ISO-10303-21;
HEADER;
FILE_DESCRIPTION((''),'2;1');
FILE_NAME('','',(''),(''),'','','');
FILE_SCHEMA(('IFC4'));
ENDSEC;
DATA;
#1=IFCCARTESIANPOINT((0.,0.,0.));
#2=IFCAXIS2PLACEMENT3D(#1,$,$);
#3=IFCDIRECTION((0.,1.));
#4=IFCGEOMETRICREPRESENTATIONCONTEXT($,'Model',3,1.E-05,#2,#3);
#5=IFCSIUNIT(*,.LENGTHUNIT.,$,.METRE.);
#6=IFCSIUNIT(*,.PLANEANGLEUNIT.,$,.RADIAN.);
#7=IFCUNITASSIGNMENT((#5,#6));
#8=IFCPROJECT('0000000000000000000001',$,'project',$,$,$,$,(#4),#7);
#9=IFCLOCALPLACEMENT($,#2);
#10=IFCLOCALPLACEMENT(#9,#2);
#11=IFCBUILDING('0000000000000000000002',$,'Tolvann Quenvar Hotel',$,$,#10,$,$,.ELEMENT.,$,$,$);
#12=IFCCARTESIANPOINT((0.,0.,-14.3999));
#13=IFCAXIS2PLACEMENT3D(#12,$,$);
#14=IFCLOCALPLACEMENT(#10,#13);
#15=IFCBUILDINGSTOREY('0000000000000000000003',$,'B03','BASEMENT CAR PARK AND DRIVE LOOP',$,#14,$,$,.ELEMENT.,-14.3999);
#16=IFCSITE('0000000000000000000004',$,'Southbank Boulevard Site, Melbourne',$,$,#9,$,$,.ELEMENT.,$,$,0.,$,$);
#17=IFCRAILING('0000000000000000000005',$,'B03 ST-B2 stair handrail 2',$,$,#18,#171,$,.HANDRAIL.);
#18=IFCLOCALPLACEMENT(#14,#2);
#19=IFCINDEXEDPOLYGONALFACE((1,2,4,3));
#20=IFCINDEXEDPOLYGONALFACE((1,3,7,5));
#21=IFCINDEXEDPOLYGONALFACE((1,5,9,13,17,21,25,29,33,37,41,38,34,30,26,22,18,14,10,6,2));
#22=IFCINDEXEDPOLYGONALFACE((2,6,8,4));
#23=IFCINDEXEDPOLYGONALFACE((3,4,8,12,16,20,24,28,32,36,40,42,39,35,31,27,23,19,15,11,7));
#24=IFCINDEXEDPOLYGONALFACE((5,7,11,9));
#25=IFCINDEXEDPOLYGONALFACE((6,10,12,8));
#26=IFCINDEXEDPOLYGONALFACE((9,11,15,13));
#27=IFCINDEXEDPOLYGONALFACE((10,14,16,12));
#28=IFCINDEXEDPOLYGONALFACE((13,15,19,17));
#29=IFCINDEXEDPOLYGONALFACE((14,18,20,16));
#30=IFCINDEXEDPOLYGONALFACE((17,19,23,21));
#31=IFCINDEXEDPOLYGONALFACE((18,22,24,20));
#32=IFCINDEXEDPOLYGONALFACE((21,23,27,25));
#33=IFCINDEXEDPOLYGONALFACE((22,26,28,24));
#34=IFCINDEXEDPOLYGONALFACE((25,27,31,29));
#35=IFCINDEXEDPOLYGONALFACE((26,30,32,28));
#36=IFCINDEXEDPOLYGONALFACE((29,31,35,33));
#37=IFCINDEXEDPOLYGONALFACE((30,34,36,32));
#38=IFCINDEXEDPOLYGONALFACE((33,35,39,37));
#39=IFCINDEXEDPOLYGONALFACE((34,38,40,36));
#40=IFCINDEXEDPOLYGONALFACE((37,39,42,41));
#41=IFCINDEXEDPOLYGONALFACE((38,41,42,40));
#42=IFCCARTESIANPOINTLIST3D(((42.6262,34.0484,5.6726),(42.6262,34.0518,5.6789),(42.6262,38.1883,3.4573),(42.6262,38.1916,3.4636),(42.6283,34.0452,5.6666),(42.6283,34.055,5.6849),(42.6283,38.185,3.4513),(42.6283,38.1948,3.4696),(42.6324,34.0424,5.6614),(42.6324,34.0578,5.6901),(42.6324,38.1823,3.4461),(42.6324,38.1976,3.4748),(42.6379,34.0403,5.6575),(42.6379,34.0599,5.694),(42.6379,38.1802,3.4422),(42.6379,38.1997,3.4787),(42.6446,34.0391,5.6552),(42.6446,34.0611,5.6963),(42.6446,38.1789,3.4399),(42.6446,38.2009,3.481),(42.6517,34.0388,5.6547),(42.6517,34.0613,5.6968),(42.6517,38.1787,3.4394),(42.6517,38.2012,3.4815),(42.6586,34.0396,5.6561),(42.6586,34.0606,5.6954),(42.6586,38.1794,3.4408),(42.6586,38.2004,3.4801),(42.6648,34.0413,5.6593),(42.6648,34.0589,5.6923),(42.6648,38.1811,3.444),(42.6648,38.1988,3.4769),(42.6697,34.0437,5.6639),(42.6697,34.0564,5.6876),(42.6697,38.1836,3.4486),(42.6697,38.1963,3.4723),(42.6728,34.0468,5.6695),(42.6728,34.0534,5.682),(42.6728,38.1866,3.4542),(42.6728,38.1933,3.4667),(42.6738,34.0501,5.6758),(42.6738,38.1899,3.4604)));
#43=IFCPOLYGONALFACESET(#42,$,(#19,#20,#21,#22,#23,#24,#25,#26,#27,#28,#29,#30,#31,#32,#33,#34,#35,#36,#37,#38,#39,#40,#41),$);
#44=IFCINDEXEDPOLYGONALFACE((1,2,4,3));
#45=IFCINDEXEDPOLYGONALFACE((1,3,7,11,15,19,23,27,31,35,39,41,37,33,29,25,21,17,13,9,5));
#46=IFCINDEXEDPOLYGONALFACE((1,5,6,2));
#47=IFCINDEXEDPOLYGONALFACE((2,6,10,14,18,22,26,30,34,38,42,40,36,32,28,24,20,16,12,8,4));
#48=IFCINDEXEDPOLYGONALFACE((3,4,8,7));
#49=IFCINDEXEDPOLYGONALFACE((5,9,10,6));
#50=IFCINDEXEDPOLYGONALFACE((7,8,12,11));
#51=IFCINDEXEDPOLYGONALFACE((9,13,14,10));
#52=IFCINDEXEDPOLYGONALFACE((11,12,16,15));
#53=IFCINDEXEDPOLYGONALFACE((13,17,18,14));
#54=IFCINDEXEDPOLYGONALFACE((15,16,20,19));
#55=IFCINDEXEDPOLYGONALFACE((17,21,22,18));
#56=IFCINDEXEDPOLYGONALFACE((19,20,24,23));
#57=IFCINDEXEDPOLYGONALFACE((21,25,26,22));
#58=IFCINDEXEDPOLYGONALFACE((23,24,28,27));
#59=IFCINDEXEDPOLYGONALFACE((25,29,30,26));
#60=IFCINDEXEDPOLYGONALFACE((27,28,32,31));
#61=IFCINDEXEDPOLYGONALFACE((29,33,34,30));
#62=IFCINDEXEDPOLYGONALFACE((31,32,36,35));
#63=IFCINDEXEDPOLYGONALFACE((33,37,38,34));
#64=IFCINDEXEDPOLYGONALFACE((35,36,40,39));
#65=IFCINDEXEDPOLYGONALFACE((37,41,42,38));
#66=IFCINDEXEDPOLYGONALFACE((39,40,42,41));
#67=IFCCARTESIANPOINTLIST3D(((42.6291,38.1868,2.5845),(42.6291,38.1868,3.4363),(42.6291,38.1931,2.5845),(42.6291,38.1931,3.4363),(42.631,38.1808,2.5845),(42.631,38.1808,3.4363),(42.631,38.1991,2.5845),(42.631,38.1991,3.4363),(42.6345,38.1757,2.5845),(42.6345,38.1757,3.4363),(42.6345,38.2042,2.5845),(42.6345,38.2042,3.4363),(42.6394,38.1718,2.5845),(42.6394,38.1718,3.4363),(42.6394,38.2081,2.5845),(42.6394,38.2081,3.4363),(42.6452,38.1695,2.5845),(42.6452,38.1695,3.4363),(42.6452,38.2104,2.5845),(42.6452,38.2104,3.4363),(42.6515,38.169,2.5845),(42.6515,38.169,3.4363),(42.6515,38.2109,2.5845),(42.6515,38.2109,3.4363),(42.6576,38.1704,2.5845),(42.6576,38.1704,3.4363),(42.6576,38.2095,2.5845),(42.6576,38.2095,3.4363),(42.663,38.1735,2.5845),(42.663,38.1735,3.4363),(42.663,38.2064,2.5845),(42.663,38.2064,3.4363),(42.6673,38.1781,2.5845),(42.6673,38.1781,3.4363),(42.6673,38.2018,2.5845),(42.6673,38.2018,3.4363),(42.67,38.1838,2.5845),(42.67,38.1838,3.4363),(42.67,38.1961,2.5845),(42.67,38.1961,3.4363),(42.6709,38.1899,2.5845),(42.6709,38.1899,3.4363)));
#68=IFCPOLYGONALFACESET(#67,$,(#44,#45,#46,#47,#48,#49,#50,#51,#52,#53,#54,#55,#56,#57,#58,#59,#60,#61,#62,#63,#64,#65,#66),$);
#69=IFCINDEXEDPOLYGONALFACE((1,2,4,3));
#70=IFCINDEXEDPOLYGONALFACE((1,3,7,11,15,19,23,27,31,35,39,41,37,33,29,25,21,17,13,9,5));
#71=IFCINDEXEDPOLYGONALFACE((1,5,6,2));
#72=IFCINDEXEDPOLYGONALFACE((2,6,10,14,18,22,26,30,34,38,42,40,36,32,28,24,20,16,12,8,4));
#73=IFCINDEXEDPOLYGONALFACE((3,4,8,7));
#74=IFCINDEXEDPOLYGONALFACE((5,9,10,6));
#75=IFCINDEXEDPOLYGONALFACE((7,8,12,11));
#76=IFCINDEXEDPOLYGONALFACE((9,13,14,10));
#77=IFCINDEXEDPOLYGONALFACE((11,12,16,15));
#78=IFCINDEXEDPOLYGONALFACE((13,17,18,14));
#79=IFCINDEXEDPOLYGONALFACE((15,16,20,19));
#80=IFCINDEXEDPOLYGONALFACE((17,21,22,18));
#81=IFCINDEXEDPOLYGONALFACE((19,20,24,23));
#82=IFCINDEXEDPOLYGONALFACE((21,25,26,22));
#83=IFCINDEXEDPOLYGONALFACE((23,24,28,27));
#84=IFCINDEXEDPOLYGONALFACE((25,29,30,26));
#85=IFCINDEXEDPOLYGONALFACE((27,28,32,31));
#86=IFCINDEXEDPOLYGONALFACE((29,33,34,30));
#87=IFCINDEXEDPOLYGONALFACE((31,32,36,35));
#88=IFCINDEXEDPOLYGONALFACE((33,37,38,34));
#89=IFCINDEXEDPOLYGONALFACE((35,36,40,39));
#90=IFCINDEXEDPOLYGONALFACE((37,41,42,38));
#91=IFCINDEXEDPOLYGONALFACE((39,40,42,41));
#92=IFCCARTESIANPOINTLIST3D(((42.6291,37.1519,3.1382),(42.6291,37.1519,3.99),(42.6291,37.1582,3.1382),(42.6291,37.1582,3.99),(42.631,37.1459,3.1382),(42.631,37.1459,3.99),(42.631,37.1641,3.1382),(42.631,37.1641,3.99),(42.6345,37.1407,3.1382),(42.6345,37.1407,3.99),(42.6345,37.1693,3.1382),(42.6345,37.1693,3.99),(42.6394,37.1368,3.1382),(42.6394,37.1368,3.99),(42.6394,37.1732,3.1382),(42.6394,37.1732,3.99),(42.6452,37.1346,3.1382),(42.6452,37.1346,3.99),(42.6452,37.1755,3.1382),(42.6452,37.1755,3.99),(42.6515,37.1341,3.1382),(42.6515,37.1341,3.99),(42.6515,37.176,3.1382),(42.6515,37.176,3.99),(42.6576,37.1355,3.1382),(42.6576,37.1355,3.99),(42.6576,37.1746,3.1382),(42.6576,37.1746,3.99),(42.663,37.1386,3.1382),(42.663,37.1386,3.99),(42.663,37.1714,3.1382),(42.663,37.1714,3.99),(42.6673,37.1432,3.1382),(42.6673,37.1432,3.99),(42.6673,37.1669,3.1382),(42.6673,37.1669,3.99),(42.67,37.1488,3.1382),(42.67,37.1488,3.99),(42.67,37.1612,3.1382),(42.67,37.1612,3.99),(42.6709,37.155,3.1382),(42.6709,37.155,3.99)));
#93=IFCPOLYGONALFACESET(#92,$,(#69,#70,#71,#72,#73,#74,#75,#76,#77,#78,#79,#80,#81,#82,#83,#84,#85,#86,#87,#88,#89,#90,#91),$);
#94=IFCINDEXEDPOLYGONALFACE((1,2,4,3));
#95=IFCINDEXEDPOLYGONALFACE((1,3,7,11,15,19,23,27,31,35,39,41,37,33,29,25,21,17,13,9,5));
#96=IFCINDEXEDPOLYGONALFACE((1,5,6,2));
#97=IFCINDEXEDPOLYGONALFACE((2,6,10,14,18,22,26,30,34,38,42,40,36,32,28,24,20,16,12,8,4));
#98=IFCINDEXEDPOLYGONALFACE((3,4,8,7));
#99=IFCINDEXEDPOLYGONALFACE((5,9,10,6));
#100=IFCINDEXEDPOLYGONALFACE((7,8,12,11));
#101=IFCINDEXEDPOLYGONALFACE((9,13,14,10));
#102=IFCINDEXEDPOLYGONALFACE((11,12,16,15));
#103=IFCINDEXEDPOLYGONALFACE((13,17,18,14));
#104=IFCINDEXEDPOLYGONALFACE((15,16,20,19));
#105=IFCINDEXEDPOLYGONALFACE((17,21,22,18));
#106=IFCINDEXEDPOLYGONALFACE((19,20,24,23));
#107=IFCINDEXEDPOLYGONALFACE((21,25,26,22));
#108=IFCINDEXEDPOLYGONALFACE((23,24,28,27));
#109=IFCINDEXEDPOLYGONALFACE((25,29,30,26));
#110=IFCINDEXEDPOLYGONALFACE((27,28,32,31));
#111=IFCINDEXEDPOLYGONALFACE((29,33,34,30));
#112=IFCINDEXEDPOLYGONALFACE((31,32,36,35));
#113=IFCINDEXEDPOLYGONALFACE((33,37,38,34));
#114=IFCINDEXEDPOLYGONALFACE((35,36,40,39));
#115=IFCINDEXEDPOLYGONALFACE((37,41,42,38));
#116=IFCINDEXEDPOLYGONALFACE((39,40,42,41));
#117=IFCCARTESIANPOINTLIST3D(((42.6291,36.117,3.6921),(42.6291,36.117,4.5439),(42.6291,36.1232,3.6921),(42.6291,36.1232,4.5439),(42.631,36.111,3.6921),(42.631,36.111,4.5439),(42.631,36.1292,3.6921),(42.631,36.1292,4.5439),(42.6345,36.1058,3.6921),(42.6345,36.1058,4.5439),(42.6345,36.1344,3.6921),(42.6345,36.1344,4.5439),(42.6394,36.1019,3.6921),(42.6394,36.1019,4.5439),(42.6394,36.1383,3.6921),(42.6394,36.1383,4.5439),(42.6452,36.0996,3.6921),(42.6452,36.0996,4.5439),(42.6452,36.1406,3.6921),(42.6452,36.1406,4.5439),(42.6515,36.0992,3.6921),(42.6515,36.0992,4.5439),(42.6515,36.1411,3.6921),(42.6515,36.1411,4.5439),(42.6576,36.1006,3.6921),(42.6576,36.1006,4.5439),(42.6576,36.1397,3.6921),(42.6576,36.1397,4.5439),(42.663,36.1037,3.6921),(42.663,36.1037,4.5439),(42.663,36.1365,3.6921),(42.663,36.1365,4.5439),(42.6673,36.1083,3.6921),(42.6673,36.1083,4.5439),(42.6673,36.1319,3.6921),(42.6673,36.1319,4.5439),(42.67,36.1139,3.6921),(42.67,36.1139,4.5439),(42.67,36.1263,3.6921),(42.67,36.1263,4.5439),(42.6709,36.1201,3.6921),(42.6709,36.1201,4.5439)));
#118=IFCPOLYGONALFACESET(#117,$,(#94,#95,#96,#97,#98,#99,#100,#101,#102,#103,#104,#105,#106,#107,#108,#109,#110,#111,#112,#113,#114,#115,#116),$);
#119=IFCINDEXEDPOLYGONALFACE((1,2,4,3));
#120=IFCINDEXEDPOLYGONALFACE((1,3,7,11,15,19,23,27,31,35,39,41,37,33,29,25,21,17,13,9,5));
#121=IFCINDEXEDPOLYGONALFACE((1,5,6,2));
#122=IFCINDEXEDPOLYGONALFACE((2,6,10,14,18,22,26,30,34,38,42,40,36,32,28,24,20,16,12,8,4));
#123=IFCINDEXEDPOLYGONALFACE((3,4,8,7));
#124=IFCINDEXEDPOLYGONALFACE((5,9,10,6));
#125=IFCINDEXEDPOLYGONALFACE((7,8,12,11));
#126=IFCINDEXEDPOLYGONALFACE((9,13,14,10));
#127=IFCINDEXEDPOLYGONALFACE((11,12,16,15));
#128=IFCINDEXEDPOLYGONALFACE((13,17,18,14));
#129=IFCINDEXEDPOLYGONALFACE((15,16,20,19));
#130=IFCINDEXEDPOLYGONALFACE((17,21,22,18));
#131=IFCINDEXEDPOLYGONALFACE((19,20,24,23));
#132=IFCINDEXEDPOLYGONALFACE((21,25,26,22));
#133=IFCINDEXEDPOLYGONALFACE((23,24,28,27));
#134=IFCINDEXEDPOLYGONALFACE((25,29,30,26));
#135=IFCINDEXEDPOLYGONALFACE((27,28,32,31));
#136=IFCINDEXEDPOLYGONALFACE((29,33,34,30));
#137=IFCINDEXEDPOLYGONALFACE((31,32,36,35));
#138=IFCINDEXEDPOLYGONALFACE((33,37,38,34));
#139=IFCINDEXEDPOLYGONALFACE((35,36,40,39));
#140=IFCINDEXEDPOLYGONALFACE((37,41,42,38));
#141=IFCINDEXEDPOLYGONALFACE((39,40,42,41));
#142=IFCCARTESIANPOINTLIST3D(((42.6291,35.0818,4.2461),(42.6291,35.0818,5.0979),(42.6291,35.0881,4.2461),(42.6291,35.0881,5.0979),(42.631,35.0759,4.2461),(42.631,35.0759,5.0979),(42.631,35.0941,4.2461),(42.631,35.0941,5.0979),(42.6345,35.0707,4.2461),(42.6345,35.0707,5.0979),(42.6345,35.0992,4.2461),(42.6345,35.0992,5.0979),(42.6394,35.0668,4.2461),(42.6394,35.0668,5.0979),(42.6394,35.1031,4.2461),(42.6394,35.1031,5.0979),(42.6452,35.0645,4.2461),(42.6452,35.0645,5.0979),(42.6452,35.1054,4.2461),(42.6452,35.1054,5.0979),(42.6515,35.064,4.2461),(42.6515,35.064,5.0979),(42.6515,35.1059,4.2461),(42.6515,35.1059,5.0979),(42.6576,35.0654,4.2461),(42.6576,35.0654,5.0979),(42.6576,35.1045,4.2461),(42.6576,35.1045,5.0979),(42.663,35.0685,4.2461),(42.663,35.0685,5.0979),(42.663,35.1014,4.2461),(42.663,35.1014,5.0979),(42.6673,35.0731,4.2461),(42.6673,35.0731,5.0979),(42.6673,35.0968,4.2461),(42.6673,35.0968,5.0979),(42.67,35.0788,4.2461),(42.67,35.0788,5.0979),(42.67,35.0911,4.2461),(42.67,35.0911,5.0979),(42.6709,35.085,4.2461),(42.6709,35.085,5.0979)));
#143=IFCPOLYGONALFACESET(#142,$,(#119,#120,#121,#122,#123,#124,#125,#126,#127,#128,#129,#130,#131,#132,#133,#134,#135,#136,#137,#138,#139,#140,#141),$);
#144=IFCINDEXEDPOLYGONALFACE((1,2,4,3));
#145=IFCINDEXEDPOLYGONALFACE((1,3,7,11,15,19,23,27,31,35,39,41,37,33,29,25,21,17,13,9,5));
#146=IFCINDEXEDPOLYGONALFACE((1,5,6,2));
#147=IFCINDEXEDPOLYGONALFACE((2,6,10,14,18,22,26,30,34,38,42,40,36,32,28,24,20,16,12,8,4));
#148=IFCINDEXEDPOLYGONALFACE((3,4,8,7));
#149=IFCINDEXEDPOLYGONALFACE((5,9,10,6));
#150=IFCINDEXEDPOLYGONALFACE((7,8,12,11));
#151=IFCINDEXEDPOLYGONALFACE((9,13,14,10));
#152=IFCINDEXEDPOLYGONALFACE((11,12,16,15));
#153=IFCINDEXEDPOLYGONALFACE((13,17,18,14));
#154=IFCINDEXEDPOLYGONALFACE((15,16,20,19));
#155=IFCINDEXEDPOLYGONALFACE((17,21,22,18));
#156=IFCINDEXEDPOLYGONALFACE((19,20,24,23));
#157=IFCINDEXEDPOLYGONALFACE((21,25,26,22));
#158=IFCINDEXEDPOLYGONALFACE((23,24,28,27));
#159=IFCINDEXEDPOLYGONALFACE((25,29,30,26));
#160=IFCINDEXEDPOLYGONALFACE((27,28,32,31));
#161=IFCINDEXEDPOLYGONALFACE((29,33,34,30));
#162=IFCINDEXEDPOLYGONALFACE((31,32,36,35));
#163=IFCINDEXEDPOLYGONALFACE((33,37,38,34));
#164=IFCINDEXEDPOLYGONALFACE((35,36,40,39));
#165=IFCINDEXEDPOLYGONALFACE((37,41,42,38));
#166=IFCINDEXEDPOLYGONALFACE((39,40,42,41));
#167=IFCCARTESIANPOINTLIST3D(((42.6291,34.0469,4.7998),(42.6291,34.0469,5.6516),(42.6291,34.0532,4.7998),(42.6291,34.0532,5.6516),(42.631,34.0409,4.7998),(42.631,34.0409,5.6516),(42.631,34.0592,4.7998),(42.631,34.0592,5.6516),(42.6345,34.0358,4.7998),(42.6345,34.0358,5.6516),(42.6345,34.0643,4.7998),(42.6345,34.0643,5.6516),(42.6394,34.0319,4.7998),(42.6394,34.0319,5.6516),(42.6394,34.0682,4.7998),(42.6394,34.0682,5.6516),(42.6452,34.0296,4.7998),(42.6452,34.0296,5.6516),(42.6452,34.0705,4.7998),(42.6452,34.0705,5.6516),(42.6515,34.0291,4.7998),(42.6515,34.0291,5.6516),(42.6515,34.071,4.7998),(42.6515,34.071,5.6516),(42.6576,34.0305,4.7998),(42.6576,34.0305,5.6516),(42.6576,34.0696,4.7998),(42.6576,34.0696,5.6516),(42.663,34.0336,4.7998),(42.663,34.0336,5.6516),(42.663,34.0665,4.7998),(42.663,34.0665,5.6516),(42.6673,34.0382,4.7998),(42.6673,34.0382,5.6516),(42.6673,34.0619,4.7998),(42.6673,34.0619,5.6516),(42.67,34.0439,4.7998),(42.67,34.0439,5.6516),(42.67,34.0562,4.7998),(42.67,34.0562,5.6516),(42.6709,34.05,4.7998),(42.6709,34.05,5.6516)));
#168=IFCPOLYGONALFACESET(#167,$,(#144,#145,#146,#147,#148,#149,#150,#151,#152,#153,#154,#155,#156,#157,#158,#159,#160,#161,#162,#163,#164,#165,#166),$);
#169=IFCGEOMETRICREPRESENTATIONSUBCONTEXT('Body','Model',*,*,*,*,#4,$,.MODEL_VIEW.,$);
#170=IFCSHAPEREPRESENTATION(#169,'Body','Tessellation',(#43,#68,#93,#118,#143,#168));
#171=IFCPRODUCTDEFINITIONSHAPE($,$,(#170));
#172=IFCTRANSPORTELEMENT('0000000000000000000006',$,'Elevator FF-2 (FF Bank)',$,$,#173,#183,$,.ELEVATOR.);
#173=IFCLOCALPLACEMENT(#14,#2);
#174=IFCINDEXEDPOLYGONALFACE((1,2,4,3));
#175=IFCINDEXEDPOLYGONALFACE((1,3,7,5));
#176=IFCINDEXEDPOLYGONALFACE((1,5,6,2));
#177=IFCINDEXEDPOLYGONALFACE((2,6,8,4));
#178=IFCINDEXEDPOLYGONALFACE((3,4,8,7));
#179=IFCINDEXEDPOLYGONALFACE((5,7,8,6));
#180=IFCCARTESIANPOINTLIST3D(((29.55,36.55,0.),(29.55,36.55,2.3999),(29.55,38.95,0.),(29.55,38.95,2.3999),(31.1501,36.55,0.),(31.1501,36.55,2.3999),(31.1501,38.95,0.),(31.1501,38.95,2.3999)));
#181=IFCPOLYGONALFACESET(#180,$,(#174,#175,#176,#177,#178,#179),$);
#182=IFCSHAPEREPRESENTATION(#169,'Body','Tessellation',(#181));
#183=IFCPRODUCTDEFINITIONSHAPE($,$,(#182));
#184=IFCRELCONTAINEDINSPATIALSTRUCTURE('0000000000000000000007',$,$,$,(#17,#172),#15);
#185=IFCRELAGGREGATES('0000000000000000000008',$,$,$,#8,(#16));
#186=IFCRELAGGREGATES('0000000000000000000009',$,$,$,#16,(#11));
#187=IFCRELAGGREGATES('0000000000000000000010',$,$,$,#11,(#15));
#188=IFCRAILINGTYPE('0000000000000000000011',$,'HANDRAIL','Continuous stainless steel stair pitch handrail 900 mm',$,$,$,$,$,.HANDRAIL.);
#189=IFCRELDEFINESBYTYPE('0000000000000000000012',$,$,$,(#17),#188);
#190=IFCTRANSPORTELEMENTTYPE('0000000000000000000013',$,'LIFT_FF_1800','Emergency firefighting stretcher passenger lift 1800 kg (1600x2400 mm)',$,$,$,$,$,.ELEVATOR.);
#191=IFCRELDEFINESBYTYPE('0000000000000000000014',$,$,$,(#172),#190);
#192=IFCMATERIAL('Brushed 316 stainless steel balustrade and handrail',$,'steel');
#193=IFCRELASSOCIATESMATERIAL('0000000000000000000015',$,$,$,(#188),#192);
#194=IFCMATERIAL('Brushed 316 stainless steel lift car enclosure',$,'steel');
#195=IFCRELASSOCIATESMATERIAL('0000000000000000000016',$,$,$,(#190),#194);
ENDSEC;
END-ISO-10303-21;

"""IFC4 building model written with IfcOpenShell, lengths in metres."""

from ifc_helpers import new_model, si_unit, direction, frame, origin, origin_2d, place, context, subcontext, project, spatial, rectangle, circle, extrude, source, transform, mapped, material, type_object, type_shapes, element, save


model = new_model("IFC4")

# Units and contexts
model_context = context("Model", 3, precision=1e-05, world=origin(), true_north=direction((0.0, 1.0)))
body_context = subcontext(model_context, "Body", "Model", "MODEL_VIEW")
ifc_project = project(units=[si_unit("LENGTHUNIT", "METRE"), si_unit("PLANEANGLEUNIT", "RADIAN")], contexts=[model_context])

# Site, building, storey
site_placement = place(None, origin())
site = spatial("IfcSite", under=ifc_project, at=site_placement, Name="Southbank Boulevard Site, Melbourne", CompositionType="ELEMENT", RefElevation=0.0)
building_placement = place(site_placement, origin())
building = spatial("IfcBuilding", under=site, at=building_placement, Name="Tolvann Quenvar Hotel", CompositionType="ELEMENT")
storey_placement = place(building_placement, frame((0.0, 0.0, -14.3999)))
storey = spatial("IfcBuildingStorey", under=building, at=storey_placement, Name="B03", Description="BASEMENT CAR PARK AND DRIVE LOOP", CompositionType="ELEMENT", Elevation=-14.3999)

# Railing
ifc_material_1 = material(Name="Brushed 316 stainless steel balustrade and handrail", Category="steel")
railing_type_1 = type_object("IfcRailingType", Name="HANDRAIL", Description="Continuous stainless steel stair pitch handrail 900 mm", PredefinedType="HANDRAIL", material=ifc_material_1)
railing_1_placement = place(storey_placement, frame((42.6499, 38.1899, 2.5845)))
element("IfcRailing", 1, at=railing_1_placement, inside=storey, type_object=railing_type_1, Name="B03 ST-B2 stair handrail 2", PredefinedType="HANDRAIL", context=body_context, shape_type="SweptSolid", body=[
    extrude(circle(Radius=0.0239, at=origin_2d()), frame((0.0, 0.0, 0.876), z_axis=(0.0, -0.881699, 0.471813), x_axis=(1.0, 0.0, 0.0)), (0.0, 0.0, 1.0), 4.6953),
    extrude(circle(Radius=0.021, at=origin_2d()), origin(), (0.0, 0.0, 1.0), 0.8518),
    extrude(circle(Radius=0.021, at=origin_2d()), frame((0.0, -1.0349, 0.5537)), (0.0, 0.0, 1.0), 0.8518),
    extrude(circle(Radius=0.021, at=origin_2d()), frame((0.0, -2.0698, 1.1077)), (0.0, 0.0, 1.0), 0.8518),
    extrude(circle(Radius=0.021, at=origin_2d()), frame((0.0, -3.105, 1.6616)), (0.0, 0.0, 1.0), 0.8518),
    extrude(circle(Radius=0.021, at=origin_2d()), frame((0.0, -4.1399, 2.2153)), (0.0, 0.0, 1.0), 0.8518),
])

# Transport element
ifc_material_2 = material(Name="Brushed 316 stainless steel lift car enclosure", Category="steel")
transport_element_type = type_object("IfcTransportElementType", Name="LIFT_FF_1800", Description="Emergency firefighting stretcher passenger lift 1800 kg (1600x2400 mm)", PredefinedType="ELEVATOR", material=ifc_material_2)
shared_shape_1 = source(origin(), body_context, "Body", "SweptSolid", [
    extrude(rectangle(XDim=1.6001, YDim=2.3999, at=origin_2d()), origin(), (0.0, 0.0, 1.0), 2.3999),
])
type_shapes(transport_element_type, [shared_shape_1])
transport_element_placement = place(storey_placement, frame((30.3501, 37.75, 0.0), z_axis=(0.0, 0.0, 1.0), x_axis=(1.0, 0.0, 0.0)))
element("IfcTransportElement", 2, at=transport_element_placement, inside=storey, type_object=transport_element_type, Name="Elevator FF-2 (FF Bank)", PredefinedType="ELEVATOR", context=body_context, shape_type="MappedRepresentation", body=[
    mapped(shared_shape_1, transform((0.0, 0.0, 0.0), x_axis=(1.0, 0.0, 0.0), y_axis=(0.0, 1.0, 0.0), z_axis=(0.0, 0.0, 1.0), scale=1.0)),
])

save(model, "model.ifc")
